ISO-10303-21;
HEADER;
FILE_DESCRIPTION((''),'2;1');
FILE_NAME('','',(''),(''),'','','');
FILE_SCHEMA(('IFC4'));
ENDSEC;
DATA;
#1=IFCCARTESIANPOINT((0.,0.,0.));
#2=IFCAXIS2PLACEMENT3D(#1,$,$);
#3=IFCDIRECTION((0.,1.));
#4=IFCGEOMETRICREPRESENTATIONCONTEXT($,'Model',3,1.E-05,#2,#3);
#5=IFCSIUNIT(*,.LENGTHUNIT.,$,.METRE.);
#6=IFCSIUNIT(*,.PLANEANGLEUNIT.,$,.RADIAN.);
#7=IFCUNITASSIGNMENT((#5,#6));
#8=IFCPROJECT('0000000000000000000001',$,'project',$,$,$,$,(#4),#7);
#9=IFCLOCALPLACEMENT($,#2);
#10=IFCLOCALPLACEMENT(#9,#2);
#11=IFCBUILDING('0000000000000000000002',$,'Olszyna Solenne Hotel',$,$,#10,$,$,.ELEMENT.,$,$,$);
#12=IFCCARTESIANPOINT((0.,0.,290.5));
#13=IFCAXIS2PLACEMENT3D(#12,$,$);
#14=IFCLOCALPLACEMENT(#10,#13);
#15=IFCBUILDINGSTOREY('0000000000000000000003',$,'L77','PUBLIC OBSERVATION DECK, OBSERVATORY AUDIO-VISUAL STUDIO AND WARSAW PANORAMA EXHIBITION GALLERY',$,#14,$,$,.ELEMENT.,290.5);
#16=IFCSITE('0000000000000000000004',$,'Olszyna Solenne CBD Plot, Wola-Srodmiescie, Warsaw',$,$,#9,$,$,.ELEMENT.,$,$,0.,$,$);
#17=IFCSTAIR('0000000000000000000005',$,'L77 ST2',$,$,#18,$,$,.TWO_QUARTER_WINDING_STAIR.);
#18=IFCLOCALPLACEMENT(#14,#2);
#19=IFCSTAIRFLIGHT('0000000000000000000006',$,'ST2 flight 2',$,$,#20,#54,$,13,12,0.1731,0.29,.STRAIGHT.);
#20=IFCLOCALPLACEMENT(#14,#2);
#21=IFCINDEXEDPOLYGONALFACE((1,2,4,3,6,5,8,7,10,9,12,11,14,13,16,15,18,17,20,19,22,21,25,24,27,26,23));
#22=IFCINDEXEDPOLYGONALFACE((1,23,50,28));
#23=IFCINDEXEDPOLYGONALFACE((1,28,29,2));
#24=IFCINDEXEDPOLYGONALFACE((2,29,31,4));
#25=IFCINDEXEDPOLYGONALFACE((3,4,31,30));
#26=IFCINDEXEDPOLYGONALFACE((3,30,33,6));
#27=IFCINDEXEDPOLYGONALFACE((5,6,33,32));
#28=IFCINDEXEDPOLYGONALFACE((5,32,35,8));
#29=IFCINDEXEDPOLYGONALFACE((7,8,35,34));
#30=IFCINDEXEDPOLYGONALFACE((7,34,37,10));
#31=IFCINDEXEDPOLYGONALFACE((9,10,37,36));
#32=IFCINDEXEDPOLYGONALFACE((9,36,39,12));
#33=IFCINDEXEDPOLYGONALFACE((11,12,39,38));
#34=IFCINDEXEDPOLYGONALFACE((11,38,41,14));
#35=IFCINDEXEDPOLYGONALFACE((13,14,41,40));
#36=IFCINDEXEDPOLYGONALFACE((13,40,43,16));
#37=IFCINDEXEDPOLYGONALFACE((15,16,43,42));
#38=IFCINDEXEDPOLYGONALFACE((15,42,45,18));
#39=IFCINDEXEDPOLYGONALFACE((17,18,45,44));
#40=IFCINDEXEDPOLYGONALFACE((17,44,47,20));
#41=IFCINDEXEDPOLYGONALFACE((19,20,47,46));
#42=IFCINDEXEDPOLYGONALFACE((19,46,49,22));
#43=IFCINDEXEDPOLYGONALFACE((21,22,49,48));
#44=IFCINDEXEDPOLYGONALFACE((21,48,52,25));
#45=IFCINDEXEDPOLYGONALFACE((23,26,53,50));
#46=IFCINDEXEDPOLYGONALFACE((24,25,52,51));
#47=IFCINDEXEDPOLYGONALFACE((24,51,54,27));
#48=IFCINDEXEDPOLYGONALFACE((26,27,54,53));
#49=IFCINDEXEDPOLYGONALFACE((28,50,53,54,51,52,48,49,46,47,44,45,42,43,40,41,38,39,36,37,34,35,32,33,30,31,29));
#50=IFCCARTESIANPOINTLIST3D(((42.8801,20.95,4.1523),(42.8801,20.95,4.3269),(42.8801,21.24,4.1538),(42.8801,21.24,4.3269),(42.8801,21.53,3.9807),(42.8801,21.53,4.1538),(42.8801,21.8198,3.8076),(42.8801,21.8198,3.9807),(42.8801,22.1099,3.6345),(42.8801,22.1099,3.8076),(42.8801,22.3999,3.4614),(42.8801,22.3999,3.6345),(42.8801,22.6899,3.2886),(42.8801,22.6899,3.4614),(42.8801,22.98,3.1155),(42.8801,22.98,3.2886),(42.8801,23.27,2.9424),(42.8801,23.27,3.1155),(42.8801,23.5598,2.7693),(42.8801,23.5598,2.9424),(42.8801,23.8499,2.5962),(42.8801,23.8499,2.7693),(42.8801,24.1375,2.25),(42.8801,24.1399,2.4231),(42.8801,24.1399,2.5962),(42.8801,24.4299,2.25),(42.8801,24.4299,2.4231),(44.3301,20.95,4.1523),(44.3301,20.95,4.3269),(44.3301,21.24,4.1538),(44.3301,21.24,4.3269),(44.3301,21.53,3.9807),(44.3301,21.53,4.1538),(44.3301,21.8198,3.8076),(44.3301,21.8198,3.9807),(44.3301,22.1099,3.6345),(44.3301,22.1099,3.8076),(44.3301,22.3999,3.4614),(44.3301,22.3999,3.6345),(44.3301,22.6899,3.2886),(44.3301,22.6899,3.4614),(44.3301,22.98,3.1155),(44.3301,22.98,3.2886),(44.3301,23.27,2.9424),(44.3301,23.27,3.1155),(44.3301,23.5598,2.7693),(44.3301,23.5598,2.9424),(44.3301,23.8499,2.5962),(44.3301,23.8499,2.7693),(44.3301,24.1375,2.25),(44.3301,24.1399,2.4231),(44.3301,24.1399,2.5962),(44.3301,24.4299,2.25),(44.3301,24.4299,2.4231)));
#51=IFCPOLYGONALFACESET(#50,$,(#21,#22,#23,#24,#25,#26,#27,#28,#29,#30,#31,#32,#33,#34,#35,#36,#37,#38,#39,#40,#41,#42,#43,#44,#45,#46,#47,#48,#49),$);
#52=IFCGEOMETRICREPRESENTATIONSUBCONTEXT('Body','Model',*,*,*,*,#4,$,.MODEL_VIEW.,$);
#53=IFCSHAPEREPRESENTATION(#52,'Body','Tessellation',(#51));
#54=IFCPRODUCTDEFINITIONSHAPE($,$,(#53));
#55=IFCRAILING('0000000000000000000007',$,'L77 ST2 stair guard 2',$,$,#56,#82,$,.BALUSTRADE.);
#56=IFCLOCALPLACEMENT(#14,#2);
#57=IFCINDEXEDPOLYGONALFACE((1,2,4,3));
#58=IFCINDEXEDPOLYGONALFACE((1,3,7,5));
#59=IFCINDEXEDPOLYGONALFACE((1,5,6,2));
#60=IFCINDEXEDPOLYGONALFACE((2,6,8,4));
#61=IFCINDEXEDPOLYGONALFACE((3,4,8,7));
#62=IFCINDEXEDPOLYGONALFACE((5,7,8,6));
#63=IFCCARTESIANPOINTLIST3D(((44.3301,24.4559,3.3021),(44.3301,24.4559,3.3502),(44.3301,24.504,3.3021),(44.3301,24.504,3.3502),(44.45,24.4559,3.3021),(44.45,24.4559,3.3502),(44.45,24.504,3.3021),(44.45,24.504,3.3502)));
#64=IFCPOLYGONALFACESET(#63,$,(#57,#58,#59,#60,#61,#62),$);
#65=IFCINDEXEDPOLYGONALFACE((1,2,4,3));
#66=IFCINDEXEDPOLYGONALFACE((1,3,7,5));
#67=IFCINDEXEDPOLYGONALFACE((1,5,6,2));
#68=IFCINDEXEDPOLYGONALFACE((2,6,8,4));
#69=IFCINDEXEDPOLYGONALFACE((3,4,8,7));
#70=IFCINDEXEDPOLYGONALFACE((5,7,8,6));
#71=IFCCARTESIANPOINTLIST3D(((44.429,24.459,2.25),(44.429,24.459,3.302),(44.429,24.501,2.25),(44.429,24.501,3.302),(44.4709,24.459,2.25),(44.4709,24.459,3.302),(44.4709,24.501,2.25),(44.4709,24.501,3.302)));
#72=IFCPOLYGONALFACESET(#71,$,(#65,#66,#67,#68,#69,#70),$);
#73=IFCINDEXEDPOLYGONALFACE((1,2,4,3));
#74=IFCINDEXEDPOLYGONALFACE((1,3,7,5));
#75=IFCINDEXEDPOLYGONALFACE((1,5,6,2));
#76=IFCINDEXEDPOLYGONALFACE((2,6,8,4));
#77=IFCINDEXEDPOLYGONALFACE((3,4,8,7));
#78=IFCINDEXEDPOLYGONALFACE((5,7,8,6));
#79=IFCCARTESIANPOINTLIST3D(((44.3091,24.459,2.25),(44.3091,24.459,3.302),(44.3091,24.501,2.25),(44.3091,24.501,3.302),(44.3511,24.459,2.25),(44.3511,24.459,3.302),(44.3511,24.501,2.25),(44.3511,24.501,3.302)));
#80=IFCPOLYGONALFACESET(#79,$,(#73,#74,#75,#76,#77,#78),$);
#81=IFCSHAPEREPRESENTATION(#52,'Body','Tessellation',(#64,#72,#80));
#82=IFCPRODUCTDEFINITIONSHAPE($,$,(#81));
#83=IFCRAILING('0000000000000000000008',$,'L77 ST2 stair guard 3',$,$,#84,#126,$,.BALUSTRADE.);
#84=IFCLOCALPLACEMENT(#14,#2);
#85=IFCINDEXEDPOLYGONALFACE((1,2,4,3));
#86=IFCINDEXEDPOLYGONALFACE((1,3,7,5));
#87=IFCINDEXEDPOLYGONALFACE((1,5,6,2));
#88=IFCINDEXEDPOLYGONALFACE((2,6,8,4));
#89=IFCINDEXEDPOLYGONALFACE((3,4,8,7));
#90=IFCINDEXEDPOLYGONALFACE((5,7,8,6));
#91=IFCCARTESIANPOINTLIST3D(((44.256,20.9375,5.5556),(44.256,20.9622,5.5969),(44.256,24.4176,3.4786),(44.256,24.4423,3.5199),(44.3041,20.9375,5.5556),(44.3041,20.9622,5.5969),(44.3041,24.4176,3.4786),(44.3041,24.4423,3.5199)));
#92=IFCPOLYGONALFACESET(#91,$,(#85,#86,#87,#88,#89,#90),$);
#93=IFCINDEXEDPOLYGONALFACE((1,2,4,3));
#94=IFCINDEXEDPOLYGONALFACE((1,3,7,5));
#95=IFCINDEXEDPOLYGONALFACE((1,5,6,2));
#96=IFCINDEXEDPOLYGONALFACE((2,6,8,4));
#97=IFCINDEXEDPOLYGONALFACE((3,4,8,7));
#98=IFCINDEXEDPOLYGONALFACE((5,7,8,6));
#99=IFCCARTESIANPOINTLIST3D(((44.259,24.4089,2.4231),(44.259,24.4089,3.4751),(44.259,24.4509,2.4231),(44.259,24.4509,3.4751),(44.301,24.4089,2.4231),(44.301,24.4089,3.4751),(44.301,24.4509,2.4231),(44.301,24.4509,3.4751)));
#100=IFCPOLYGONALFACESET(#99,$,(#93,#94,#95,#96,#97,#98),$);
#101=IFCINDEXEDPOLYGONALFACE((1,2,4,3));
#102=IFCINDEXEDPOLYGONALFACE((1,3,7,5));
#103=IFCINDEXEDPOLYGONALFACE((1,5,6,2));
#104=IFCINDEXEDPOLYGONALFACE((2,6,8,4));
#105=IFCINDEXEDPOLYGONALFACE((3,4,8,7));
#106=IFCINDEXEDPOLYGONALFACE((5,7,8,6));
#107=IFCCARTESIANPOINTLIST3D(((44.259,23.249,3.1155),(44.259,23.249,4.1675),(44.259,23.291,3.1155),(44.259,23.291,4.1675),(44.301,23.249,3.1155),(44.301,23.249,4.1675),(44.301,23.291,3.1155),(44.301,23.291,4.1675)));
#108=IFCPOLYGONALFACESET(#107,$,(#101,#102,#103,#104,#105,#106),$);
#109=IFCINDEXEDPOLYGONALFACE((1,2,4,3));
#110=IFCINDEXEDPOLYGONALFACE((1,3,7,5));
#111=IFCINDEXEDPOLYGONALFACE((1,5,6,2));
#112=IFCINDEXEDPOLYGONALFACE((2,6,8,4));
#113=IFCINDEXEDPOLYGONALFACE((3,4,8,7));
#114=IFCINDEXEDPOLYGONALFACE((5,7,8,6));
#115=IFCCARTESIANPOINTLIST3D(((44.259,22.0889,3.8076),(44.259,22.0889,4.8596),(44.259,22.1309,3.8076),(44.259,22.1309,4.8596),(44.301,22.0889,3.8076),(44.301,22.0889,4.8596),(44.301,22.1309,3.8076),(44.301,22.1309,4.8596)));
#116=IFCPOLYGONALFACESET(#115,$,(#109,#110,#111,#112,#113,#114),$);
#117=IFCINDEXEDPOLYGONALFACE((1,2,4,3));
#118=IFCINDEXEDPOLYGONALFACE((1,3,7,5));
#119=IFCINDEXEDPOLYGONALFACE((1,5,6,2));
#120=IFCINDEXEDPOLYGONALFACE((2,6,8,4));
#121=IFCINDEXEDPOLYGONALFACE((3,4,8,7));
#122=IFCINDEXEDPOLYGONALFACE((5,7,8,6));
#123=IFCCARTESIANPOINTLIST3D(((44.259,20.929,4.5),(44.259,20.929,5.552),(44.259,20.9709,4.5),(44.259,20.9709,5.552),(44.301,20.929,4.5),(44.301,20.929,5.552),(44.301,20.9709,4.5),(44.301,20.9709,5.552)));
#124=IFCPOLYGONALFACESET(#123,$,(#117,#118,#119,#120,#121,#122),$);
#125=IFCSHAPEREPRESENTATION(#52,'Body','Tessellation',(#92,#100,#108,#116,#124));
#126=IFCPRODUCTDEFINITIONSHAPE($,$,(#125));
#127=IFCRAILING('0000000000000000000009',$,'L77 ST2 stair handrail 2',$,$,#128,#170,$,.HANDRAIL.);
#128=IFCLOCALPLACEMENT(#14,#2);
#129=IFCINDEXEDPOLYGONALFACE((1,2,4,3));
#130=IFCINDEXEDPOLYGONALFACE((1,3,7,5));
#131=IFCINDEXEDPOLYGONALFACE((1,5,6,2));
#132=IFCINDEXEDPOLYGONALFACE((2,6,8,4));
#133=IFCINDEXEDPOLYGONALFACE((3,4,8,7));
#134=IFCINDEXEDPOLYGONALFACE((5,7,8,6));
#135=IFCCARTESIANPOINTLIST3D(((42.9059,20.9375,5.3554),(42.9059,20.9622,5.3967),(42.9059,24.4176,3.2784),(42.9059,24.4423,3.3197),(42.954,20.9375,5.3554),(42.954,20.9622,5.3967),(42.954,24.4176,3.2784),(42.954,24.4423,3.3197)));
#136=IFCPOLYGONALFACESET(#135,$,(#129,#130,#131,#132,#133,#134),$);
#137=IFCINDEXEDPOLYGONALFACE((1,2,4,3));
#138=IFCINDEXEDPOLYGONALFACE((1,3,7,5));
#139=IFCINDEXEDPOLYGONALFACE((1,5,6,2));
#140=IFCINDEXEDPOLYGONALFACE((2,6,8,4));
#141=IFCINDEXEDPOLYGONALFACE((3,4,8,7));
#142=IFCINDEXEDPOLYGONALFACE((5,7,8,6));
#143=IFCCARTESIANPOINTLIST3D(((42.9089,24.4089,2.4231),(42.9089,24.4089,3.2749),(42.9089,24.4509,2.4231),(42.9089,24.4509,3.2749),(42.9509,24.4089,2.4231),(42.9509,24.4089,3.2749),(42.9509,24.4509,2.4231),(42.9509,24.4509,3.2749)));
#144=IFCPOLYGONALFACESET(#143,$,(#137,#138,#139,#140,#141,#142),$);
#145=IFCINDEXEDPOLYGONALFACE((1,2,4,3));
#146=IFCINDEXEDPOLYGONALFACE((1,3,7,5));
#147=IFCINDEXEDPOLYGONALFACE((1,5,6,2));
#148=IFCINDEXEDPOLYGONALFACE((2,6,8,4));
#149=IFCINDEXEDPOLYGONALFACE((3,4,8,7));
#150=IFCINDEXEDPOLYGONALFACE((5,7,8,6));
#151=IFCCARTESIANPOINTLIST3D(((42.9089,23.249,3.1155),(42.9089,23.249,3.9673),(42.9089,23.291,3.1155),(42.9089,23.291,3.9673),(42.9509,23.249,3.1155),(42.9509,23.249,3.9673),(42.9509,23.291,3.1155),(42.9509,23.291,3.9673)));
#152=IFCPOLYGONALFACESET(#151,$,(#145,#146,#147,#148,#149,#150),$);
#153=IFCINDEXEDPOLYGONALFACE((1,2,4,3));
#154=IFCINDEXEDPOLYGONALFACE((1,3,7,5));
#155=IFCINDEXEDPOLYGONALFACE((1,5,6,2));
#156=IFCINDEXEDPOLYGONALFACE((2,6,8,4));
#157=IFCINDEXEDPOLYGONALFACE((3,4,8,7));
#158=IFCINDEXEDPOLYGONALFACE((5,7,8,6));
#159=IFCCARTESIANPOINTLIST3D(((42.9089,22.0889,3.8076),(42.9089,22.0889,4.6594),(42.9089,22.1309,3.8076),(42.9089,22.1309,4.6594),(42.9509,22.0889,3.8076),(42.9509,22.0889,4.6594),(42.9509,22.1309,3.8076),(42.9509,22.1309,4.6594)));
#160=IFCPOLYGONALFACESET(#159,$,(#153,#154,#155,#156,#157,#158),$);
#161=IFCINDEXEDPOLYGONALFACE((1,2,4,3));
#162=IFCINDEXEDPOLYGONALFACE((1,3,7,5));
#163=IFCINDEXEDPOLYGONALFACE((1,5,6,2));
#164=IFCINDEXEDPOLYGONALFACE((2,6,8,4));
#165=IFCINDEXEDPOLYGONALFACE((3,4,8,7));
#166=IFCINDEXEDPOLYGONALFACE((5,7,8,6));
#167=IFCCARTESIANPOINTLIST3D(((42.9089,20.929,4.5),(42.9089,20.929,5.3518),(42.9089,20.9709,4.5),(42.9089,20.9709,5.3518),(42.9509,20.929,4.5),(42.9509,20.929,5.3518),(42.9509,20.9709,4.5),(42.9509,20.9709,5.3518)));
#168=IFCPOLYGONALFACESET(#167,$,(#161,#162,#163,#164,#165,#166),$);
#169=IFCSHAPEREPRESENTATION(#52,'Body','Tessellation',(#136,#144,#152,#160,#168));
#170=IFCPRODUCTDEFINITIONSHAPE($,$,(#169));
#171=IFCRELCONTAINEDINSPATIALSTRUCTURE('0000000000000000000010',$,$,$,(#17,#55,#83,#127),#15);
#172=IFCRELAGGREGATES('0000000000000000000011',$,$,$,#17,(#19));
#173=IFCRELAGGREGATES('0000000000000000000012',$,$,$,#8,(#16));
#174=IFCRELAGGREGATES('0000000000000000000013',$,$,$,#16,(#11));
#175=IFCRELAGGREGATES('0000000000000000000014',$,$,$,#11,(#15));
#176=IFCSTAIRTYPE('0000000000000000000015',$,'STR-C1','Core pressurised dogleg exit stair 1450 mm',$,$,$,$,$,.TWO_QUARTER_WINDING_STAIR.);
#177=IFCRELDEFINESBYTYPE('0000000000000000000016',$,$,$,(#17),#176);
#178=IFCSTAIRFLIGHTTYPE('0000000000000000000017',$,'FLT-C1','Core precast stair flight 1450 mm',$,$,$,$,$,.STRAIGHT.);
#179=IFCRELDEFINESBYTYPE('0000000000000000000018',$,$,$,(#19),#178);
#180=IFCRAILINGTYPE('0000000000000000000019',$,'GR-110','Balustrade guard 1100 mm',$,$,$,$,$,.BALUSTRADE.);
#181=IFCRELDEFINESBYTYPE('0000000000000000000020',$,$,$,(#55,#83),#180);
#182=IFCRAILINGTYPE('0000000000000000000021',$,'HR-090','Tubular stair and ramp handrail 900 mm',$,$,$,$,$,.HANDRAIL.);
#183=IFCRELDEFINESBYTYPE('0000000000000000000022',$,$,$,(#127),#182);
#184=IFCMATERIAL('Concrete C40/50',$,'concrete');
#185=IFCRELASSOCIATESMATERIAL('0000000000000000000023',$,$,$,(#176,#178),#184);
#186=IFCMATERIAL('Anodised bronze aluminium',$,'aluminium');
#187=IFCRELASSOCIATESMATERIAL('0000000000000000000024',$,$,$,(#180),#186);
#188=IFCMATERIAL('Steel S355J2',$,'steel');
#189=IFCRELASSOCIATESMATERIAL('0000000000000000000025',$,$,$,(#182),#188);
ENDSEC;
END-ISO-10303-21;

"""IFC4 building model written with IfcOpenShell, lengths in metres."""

from ifc_helpers import new_model, si_unit, direction, frame, origin, origin_2d, place, context, subcontext, project, spatial, polyline, rectangle, outline, extrude, material, type_object, element, aggregate, save


model = new_model("IFC4")

# Units and contexts
model_context = context("Model", 3, precision=1e-05, world=origin(), true_north=direction((0.0, 1.0)))
body_context = subcontext(model_context, "Body", "Model", "MODEL_VIEW")
ifc_project = project(units=[si_unit("LENGTHUNIT", "METRE"), si_unit("PLANEANGLEUNIT", "RADIAN")], contexts=[model_context])

# Site, building, storey
site_placement = place(None, origin())
site = spatial("IfcSite", under=ifc_project, at=site_placement, Name="Olszyna Solenne CBD Plot, Wola-Srodmiescie, Warsaw", CompositionType="ELEMENT", RefElevation=0.0)
building_placement = place(site_placement, origin())
building = spatial("IfcBuilding", under=site, at=building_placement, Name="Olszyna Solenne Hotel", CompositionType="ELEMENT")
storey_placement = place(building_placement, frame((0.0, 0.0, 290.5)))
storey = spatial("IfcBuildingStorey", under=building, at=storey_placement, Name="L77", Description="PUBLIC OBSERVATION DECK, OBSERVATORY AUDIO-VISUAL STUDIO AND WARSAW PANORAMA EXHIBITION GALLERY", CompositionType="ELEMENT", Elevation=290.5)

# Shared definitions
ifc_material_1 = material(Name="Steel S355J2", Category="steel")

# Shared definitions
ifc_material_2 = material(Name="Anodised bronze aluminium", Category="aluminium")

# Stair, stair flight
ifc_material_3 = material(Name="Concrete C40/50", Category="concrete")
stair_type = type_object("IfcStairType", Name="STR-C1", Description="Core pressurised dogleg exit stair 1450 mm", PredefinedType="TWO_QUARTER_WINDING_STAIR", material=ifc_material_3)
stair_placement = place(storey_placement, origin())
stair = element("IfcStair", 1, at=stair_placement, inside=storey, type_object=stair_type, Name="L77 ST2", PredefinedType="TWO_QUARTER_WINDING_STAIR")
stair_flight_type = type_object("IfcStairFlightType", Name="FLT-C1", Description="Core precast stair flight 1450 mm", PredefinedType="STRAIGHT", material=ifc_material_3)
stair_flight_placement = place(storey_placement, frame((43.605, 24.4299, 2.25), z_axis=(0.0, 0.0, 1.0), x_axis=(0.0, -1.0, 0.0)))
stair_flight = element("IfcStairFlight", 2, at=stair_flight_placement, type_object=stair_flight_type, Name="ST2 flight 2", NumberOfRisers=13, NumberOfTreads=12, PredefinedType="STRAIGHT", RiserHeight=0.1731, TreadLength=0.29, context=body_context, shape_type="SweptSolid", body=[
    extrude(outline(polyline([(0.0, 0.0), (0.0, 0.1731), (0.29, 0.1731), (0.29, 0.3462), (0.5801, 0.3462), (0.5801, 0.5193), (0.8701, 0.5193), (0.8701, 0.6924), (1.1599, 0.6924), (1.1599, 0.8655), (1.45, 0.8655), (1.45, 1.0386), (1.74, 1.0386), (1.74, 1.2114), (2.03, 1.2114), (2.03, 1.3845), (2.3201, 1.3845), (2.3201, 1.5576), (2.6101, 1.5576), (2.6101, 1.7307), (2.8999, 1.7307), (2.8999, 1.9038), (3.1899, 1.9038), (3.1899, 2.0769), (3.48, 2.0769), (3.48, 2.25), (3.48, 1.9023), (0.2925, 0.0), (0.0, 0.0)])), frame((0.0, 0.7251, 0.0), z_axis=(0.0, -1.0, 0.0), x_axis=(1.0, 0.0, 0.0)), (0.0, 0.0, 1.0), 1.45),
])
aggregate(stair, [stair_flight])

# Railings
railing_type_1 = type_object("IfcRailingType", Name="GR-110", Description="Balustrade guard 1100 mm", PredefinedType="BALUSTRADE", material=ifc_material_2)
railing_1_placement = place(storey_placement, frame((44.45, 24.48, 2.25)))
element("IfcRailing", 3, at=railing_1_placement, inside=storey, type_object=railing_type_1, Name="L77 ST2 stair guard 2", PredefinedType="BALUSTRADE", context=body_context, shape_type="SweptSolid", body=[
    extrude(rectangle(XDim=0.0481, YDim=0.0481, at=origin_2d()), frame((0.0, 0.0, 1.0762), z_axis=(-1.0, 0.0, 0.0), x_axis=(0.0, -1.0, 0.0)), (0.0, 0.0, 1.0), 0.1199),
    extrude(rectangle(XDim=0.042, YDim=0.042, at=origin_2d()), origin(), (0.0, 0.0, 1.0), 1.052),
    extrude(rectangle(XDim=0.042, YDim=0.042, at=origin_2d()), frame((-0.1199, 0.0, 0.0)), (0.0, 0.0, 1.0), 1.052),
])
railing_2_placement = place(storey_placement, frame((44.28, 24.4299, 2.4231)))
element("IfcRailing", 4, at=railing_2_placement, inside=storey, type_object=railing_type_1, Name="L77 ST2 stair guard 3", PredefinedType="BALUSTRADE", context=body_context, shape_type="SweptSolid", body=[
    extrude(rectangle(XDim=0.0481, YDim=0.0481, at=origin_2d()), frame((0.0, 0.0, 1.0762), z_axis=(0.0, -0.858697, 0.512483), x_axis=(1.0, 0.0, 0.0)), (0.0, 0.0, 1.0), 4.0527),
    extrude(rectangle(XDim=0.042, YDim=0.042, at=origin_2d()), origin(), (0.0, 0.0, 1.0), 1.052),
    extrude(rectangle(XDim=0.042, YDim=0.042, at=origin_2d()), frame((0.0, -1.1599, 0.6924)), (0.0, 0.0, 1.0), 1.052),
    extrude(rectangle(XDim=0.042, YDim=0.042, at=origin_2d()), frame((0.0, -2.3201, 1.3845)), (0.0, 0.0, 1.0), 1.052),
    extrude(rectangle(XDim=0.042, YDim=0.042, at=origin_2d()), frame((0.0, -3.48, 2.0769)), (0.0, 0.0, 1.0), 1.052),
])
railing_type_2 = type_object("IfcRailingType", Name="HR-090", Description="Tubular stair and ramp handrail 900 mm", PredefinedType="HANDRAIL", material=ifc_material_1)
railing_3_placement = place(storey_placement, frame((42.9299, 24.4299, 2.4231)))
element("IfcRailing", 5, at=railing_3_placement, inside=storey, type_object=railing_type_2, Name="L77 ST2 stair handrail 2", PredefinedType="HANDRAIL", context=body_context, shape_type="SweptSolid", body=[
    extrude(rectangle(XDim=0.0481, YDim=0.0481, at=origin_2d()), frame((0.0, 0.0, 0.876), z_axis=(0.0, -0.858697, 0.512483), x_axis=(1.0, 0.0, 0.0)), (0.0, 0.0, 1.0), 4.0527),
    extrude(rectangle(XDim=0.042, YDim=0.042, at=origin_2d()), origin(), (0.0, 0.0, 1.0), 0.8518),
    extrude(rectangle(XDim=0.042, YDim=0.042, at=origin_2d()), frame((0.0, -1.1599, 0.6924)), (0.0, 0.0, 1.0), 0.8518),
    extrude(rectangle(XDim=0.042, YDim=0.042, at=origin_2d()), frame((0.0, -2.3201, 1.3845)), (0.0, 0.0, 1.0), 0.8518),
    extrude(rectangle(XDim=0.042, YDim=0.042, at=origin_2d()), frame((0.0, -3.48, 2.0769)), (0.0, 0.0, 1.0), 0.8518),
])

save(model, "model.ifc")
